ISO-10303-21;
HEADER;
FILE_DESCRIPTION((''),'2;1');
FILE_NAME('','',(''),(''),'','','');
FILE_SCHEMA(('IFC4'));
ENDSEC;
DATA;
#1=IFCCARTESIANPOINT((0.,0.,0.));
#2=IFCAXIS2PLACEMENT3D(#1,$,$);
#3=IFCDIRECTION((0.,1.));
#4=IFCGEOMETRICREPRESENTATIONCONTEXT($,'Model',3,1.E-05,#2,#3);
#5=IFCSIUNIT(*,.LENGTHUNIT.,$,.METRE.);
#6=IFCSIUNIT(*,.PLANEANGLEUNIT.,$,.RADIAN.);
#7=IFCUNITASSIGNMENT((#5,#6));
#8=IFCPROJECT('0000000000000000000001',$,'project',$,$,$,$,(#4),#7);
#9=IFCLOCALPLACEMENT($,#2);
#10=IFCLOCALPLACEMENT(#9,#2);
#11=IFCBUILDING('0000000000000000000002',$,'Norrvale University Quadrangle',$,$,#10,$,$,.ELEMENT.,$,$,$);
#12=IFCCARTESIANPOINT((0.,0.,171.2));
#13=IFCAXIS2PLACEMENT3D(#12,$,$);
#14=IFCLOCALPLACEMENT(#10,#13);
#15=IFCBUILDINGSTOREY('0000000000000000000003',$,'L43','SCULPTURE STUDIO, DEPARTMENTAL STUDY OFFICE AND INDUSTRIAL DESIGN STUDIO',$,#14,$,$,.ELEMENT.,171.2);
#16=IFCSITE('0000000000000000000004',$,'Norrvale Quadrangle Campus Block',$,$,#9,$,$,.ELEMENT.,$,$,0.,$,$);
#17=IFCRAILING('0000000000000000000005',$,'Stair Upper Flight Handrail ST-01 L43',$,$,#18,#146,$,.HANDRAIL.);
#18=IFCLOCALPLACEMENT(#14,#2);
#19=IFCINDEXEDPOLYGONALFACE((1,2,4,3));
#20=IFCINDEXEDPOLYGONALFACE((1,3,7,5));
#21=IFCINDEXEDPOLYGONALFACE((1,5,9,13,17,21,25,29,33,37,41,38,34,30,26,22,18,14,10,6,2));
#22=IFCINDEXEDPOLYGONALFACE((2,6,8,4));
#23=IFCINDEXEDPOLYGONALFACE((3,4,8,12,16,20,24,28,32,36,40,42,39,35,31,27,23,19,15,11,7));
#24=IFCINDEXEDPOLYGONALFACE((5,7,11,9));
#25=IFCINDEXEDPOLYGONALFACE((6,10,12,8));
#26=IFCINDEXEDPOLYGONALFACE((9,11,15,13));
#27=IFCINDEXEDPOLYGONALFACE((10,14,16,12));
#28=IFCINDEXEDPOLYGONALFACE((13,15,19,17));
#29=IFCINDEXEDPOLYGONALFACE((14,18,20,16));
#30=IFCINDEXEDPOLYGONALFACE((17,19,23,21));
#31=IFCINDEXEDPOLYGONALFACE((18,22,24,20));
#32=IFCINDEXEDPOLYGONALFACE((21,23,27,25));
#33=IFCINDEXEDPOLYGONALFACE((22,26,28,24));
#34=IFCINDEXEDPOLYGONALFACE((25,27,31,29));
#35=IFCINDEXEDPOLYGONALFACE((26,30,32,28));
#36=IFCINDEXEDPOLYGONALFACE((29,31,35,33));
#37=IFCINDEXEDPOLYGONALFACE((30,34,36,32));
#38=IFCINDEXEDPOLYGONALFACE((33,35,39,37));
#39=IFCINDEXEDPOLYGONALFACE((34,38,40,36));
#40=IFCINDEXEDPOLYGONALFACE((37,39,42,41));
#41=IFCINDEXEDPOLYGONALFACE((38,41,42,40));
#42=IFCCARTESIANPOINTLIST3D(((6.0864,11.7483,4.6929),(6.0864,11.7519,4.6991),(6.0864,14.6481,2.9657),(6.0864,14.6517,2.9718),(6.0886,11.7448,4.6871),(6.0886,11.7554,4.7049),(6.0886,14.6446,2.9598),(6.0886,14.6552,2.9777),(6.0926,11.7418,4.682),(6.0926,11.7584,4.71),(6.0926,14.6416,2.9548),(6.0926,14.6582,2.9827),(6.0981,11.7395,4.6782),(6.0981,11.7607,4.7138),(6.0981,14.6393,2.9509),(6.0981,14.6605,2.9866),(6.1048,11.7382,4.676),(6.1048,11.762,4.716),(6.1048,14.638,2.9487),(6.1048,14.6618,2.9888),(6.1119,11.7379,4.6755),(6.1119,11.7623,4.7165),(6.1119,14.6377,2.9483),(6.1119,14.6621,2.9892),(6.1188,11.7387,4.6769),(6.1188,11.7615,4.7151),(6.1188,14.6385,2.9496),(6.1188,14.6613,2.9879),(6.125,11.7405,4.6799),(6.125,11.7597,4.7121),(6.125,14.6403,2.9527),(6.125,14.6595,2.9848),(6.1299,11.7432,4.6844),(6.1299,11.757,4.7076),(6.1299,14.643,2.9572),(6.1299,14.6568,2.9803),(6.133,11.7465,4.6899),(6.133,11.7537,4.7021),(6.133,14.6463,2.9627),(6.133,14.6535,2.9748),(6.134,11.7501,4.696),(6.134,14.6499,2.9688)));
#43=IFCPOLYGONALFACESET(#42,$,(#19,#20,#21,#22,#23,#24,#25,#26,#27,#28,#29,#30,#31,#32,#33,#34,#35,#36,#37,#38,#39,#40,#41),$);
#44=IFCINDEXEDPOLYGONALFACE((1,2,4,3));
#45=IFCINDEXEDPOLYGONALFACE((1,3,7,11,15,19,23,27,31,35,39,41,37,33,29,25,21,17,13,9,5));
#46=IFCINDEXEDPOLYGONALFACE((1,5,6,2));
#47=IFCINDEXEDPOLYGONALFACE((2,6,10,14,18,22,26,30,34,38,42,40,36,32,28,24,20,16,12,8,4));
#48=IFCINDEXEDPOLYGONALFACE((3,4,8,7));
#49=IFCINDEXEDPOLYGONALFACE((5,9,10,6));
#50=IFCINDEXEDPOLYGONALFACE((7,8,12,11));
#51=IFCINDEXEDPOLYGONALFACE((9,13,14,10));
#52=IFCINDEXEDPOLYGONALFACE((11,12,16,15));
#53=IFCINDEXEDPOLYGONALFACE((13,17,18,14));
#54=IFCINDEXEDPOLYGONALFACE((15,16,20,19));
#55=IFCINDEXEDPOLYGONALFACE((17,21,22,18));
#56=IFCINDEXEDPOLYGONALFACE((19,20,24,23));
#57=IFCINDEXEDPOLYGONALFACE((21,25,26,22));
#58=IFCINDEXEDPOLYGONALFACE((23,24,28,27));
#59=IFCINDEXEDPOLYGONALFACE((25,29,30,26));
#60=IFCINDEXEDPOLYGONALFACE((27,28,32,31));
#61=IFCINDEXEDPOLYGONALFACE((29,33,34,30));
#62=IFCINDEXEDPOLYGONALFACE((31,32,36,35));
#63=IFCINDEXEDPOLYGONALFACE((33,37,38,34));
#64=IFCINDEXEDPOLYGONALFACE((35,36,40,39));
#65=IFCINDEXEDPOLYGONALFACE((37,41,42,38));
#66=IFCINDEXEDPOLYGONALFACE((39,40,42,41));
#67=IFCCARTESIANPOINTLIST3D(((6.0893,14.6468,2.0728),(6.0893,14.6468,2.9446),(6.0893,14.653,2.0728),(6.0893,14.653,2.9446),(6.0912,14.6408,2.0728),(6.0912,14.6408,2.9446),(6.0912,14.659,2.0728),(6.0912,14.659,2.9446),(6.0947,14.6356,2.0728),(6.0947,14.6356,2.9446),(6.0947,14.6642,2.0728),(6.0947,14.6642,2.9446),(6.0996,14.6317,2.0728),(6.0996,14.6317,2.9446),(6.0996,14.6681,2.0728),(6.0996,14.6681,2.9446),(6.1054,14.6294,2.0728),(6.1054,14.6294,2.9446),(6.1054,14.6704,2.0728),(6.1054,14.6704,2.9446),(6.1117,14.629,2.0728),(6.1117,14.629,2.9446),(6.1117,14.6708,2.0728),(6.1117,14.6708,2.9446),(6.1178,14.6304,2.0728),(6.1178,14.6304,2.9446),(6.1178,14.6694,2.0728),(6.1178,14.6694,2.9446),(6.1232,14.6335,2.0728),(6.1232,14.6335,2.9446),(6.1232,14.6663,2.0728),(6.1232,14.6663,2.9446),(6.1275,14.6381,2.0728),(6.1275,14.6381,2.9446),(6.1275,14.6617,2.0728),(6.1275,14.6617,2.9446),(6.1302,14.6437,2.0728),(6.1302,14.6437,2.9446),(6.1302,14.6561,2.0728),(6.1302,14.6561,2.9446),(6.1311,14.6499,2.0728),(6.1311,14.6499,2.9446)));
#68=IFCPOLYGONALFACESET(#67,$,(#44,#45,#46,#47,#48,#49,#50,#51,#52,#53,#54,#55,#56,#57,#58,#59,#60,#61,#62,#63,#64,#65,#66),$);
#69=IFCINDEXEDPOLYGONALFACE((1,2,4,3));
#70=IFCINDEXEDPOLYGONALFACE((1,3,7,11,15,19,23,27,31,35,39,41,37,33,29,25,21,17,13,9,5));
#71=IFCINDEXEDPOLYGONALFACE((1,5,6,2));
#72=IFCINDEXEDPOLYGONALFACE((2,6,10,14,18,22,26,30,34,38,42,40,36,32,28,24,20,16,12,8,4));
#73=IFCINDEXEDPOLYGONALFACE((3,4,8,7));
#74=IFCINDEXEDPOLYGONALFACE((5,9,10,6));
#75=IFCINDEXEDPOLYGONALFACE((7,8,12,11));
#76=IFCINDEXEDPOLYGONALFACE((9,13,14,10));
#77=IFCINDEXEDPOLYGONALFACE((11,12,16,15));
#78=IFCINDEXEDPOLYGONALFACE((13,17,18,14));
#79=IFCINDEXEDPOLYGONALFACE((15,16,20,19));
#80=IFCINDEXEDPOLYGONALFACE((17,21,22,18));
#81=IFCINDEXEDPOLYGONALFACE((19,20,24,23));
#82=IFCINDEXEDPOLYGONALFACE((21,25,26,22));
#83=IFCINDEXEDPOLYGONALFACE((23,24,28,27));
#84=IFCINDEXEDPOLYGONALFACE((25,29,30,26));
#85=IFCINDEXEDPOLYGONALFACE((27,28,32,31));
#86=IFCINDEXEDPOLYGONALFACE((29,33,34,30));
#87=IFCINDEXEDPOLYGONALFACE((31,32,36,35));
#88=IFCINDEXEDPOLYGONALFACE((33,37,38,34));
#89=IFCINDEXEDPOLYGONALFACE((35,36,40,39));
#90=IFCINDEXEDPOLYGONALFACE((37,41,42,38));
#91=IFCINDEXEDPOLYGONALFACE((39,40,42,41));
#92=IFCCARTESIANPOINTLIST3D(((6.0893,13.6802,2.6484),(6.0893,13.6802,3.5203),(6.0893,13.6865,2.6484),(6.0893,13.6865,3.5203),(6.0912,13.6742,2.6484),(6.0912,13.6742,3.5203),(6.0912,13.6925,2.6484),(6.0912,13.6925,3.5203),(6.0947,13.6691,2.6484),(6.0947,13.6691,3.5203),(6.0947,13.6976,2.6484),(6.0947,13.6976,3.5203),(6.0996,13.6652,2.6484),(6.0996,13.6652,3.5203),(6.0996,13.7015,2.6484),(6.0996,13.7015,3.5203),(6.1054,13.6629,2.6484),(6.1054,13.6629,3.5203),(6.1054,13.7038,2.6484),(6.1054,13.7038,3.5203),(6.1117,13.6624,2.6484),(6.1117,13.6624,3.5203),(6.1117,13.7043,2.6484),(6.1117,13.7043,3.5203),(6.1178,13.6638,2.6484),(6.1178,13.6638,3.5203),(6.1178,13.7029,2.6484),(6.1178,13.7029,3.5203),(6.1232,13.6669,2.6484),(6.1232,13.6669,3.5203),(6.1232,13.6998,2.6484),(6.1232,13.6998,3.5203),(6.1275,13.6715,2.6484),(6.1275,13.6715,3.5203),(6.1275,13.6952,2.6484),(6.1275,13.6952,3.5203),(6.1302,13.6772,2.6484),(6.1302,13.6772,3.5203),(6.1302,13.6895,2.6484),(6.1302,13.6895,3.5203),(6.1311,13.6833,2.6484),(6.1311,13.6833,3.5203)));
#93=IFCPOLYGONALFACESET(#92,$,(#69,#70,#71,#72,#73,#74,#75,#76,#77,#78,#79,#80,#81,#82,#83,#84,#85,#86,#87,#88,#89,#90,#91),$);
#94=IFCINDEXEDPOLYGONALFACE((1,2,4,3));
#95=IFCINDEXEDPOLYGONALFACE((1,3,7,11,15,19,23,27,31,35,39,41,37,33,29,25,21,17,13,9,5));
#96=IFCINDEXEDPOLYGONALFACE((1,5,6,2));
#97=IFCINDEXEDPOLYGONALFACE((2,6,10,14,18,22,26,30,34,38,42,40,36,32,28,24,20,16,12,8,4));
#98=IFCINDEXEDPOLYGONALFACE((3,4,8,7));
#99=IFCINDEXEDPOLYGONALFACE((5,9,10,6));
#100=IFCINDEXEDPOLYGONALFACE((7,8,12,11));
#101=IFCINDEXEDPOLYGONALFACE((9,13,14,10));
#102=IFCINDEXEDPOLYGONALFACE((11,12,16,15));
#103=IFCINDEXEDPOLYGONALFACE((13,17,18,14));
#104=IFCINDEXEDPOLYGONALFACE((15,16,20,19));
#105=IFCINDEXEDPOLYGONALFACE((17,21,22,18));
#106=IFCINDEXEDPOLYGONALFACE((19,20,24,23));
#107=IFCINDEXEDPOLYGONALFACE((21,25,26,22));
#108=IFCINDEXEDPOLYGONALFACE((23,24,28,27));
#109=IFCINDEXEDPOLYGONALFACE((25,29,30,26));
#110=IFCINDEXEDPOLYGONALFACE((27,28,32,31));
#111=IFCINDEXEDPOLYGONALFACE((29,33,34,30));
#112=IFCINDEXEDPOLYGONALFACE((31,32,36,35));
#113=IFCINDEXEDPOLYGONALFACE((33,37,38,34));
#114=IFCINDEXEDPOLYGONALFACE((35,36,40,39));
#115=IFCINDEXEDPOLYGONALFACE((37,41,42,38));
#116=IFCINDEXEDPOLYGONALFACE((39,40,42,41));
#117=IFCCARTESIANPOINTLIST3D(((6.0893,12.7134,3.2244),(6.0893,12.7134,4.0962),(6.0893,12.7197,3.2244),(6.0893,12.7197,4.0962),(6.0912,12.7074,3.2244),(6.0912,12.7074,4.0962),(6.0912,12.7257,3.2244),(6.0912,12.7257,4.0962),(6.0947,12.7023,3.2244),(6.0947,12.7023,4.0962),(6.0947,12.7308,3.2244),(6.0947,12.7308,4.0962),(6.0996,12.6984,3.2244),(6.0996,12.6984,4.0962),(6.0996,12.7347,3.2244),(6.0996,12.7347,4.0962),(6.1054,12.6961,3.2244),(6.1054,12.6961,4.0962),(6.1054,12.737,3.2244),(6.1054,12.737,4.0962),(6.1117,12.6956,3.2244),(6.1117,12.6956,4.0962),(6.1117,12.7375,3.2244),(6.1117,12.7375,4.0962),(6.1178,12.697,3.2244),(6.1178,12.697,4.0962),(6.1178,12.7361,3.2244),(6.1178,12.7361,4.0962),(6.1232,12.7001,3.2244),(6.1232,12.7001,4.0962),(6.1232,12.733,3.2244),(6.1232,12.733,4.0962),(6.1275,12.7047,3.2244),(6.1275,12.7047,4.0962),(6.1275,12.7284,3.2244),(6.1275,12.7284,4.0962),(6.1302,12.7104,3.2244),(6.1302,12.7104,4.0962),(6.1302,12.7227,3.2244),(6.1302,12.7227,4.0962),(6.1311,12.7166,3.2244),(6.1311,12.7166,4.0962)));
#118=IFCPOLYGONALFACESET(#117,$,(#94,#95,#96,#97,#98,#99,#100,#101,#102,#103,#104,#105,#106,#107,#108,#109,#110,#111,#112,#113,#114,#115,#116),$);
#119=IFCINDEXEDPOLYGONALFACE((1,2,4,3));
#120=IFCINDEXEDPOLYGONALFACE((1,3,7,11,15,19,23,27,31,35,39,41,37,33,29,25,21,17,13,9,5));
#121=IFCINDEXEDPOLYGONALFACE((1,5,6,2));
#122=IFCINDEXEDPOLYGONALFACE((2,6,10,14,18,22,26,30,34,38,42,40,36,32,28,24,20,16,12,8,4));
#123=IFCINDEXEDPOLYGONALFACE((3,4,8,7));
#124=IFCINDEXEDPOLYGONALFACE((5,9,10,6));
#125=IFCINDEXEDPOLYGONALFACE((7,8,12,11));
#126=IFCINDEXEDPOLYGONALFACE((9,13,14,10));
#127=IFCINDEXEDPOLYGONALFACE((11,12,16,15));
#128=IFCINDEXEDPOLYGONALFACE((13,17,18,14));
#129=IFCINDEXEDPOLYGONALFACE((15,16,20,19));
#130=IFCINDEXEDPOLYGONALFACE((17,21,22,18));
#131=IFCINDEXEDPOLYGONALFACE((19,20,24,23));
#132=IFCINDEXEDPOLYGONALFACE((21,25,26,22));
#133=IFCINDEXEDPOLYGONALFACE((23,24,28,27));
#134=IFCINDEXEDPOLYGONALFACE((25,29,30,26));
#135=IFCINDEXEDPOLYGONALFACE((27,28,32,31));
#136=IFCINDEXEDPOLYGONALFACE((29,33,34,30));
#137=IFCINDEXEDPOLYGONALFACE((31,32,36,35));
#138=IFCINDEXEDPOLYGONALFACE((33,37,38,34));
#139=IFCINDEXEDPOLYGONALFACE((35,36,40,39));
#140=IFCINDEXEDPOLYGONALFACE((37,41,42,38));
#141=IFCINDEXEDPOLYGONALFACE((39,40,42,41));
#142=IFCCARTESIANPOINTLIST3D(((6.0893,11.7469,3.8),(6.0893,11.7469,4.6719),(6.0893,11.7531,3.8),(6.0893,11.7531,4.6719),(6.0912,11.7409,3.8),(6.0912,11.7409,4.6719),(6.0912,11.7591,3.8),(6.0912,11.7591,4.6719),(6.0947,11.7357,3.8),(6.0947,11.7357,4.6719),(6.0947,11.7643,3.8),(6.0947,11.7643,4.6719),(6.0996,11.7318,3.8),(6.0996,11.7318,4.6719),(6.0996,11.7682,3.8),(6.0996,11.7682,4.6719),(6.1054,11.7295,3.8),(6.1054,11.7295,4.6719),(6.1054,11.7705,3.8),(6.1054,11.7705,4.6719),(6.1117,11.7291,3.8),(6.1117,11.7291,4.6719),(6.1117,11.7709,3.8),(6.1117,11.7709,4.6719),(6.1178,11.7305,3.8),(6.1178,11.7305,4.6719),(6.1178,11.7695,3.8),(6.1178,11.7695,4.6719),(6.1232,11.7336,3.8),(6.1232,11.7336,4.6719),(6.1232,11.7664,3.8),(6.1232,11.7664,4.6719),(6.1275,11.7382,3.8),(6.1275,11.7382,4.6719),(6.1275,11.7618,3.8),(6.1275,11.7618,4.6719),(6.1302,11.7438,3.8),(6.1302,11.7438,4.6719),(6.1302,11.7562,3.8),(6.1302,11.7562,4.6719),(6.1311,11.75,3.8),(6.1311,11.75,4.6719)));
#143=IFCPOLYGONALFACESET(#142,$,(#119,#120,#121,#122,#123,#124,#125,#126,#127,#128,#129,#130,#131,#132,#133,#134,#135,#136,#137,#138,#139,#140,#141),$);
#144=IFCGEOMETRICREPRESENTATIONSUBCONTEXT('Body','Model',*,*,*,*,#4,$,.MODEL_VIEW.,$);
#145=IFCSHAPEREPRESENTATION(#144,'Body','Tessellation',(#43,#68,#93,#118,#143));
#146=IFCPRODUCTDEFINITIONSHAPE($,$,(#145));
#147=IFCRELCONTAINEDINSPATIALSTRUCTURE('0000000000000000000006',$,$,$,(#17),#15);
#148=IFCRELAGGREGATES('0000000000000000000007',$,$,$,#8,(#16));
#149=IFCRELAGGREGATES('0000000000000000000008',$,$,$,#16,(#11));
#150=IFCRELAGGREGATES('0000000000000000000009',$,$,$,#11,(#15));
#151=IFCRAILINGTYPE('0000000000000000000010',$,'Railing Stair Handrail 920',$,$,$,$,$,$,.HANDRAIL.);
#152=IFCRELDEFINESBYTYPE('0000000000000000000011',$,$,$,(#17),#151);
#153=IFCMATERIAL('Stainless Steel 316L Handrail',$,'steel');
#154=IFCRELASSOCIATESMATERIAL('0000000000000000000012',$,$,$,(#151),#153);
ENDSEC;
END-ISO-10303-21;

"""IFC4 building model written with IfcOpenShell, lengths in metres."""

from ifc_helpers import new_model, si_unit, direction, frame, origin, origin_2d, place, context, subcontext, project, spatial, circle, extrude, material, type_object, element, save


model = new_model("IFC4")

# Units and contexts
model_context = context("Model", 3, precision=1e-05, world=origin(), true_north=direction((0.0, 1.0)))
body_context = subcontext(model_context, "Body", "Model", "MODEL_VIEW")
ifc_project = project(units=[si_unit("LENGTHUNIT", "METRE"), si_unit("PLANEANGLEUNIT", "RADIAN")], contexts=[model_context])

# Site, building, storey
site_placement = place(None, origin())
site = spatial("IfcSite", under=ifc_project, at=site_placement, Name="Norrvale Quadrangle Campus Block", CompositionType="ELEMENT", RefElevation=0.0)
building_placement = place(site_placement, origin())
building = spatial("IfcBuilding", under=site, at=building_placement, Name="Norrvale University Quadrangle", CompositionType="ELEMENT")
storey_placement = place(building_placement, frame((0.0, 0.0, 171.2)))
storey = spatial("IfcBuildingStorey", under=building, at=storey_placement, Name="L43", Description="SCULPTURE STUDIO, DEPARTMENTAL STUDY OFFICE AND INDUSTRIAL DESIGN STUDIO", CompositionType="ELEMENT", Elevation=171.2)

# Railing
ifc_material_1 = material(Name="Stainless Steel 316L Handrail", Category="steel")
railing_type_1 = type_object("IfcRailingType", Name="Railing Stair Handrail 920", PredefinedType="HANDRAIL", material=ifc_material_1)
railing_1_placement = place(storey_placement, frame((6.1101, 14.6499, 2.0728)))
element("IfcRailing", 1, at=railing_1_placement, inside=storey, type_object=railing_type_1, Name="Stair Upper Flight Handrail ST-01 L43", PredefinedType="HANDRAIL", context=body_context, shape_type="SweptSolid", body=[
    extrude(circle(Radius=0.0239, at=origin_2d()), frame((0.0, 0.0, 0.896), z_axis=(0.0, -0.859141, 0.511738), x_axis=(1.0, 0.0, 0.0)), (0.0, 0.0, 1.0), 3.3752),
    extrude(circle(Radius=0.021, at=origin_2d()), origin(), (0.0, 0.0, 1.0), 0.8718),
    extrude(circle(Radius=0.021, at=origin_2d()), frame((0.0, -0.9666, 0.5757)), (0.0, 0.0, 1.0), 0.8718),
    extrude(circle(Radius=0.021, at=origin_2d()), frame((0.0, -1.9333, 1.1516)), (0.0, 0.0, 1.0), 0.8718),
    extrude(circle(Radius=0.021, at=origin_2d()), frame((0.0, -2.8999, 1.7273)), (0.0, 0.0, 1.0), 0.8718),
])

save(model, "model.ifc")
